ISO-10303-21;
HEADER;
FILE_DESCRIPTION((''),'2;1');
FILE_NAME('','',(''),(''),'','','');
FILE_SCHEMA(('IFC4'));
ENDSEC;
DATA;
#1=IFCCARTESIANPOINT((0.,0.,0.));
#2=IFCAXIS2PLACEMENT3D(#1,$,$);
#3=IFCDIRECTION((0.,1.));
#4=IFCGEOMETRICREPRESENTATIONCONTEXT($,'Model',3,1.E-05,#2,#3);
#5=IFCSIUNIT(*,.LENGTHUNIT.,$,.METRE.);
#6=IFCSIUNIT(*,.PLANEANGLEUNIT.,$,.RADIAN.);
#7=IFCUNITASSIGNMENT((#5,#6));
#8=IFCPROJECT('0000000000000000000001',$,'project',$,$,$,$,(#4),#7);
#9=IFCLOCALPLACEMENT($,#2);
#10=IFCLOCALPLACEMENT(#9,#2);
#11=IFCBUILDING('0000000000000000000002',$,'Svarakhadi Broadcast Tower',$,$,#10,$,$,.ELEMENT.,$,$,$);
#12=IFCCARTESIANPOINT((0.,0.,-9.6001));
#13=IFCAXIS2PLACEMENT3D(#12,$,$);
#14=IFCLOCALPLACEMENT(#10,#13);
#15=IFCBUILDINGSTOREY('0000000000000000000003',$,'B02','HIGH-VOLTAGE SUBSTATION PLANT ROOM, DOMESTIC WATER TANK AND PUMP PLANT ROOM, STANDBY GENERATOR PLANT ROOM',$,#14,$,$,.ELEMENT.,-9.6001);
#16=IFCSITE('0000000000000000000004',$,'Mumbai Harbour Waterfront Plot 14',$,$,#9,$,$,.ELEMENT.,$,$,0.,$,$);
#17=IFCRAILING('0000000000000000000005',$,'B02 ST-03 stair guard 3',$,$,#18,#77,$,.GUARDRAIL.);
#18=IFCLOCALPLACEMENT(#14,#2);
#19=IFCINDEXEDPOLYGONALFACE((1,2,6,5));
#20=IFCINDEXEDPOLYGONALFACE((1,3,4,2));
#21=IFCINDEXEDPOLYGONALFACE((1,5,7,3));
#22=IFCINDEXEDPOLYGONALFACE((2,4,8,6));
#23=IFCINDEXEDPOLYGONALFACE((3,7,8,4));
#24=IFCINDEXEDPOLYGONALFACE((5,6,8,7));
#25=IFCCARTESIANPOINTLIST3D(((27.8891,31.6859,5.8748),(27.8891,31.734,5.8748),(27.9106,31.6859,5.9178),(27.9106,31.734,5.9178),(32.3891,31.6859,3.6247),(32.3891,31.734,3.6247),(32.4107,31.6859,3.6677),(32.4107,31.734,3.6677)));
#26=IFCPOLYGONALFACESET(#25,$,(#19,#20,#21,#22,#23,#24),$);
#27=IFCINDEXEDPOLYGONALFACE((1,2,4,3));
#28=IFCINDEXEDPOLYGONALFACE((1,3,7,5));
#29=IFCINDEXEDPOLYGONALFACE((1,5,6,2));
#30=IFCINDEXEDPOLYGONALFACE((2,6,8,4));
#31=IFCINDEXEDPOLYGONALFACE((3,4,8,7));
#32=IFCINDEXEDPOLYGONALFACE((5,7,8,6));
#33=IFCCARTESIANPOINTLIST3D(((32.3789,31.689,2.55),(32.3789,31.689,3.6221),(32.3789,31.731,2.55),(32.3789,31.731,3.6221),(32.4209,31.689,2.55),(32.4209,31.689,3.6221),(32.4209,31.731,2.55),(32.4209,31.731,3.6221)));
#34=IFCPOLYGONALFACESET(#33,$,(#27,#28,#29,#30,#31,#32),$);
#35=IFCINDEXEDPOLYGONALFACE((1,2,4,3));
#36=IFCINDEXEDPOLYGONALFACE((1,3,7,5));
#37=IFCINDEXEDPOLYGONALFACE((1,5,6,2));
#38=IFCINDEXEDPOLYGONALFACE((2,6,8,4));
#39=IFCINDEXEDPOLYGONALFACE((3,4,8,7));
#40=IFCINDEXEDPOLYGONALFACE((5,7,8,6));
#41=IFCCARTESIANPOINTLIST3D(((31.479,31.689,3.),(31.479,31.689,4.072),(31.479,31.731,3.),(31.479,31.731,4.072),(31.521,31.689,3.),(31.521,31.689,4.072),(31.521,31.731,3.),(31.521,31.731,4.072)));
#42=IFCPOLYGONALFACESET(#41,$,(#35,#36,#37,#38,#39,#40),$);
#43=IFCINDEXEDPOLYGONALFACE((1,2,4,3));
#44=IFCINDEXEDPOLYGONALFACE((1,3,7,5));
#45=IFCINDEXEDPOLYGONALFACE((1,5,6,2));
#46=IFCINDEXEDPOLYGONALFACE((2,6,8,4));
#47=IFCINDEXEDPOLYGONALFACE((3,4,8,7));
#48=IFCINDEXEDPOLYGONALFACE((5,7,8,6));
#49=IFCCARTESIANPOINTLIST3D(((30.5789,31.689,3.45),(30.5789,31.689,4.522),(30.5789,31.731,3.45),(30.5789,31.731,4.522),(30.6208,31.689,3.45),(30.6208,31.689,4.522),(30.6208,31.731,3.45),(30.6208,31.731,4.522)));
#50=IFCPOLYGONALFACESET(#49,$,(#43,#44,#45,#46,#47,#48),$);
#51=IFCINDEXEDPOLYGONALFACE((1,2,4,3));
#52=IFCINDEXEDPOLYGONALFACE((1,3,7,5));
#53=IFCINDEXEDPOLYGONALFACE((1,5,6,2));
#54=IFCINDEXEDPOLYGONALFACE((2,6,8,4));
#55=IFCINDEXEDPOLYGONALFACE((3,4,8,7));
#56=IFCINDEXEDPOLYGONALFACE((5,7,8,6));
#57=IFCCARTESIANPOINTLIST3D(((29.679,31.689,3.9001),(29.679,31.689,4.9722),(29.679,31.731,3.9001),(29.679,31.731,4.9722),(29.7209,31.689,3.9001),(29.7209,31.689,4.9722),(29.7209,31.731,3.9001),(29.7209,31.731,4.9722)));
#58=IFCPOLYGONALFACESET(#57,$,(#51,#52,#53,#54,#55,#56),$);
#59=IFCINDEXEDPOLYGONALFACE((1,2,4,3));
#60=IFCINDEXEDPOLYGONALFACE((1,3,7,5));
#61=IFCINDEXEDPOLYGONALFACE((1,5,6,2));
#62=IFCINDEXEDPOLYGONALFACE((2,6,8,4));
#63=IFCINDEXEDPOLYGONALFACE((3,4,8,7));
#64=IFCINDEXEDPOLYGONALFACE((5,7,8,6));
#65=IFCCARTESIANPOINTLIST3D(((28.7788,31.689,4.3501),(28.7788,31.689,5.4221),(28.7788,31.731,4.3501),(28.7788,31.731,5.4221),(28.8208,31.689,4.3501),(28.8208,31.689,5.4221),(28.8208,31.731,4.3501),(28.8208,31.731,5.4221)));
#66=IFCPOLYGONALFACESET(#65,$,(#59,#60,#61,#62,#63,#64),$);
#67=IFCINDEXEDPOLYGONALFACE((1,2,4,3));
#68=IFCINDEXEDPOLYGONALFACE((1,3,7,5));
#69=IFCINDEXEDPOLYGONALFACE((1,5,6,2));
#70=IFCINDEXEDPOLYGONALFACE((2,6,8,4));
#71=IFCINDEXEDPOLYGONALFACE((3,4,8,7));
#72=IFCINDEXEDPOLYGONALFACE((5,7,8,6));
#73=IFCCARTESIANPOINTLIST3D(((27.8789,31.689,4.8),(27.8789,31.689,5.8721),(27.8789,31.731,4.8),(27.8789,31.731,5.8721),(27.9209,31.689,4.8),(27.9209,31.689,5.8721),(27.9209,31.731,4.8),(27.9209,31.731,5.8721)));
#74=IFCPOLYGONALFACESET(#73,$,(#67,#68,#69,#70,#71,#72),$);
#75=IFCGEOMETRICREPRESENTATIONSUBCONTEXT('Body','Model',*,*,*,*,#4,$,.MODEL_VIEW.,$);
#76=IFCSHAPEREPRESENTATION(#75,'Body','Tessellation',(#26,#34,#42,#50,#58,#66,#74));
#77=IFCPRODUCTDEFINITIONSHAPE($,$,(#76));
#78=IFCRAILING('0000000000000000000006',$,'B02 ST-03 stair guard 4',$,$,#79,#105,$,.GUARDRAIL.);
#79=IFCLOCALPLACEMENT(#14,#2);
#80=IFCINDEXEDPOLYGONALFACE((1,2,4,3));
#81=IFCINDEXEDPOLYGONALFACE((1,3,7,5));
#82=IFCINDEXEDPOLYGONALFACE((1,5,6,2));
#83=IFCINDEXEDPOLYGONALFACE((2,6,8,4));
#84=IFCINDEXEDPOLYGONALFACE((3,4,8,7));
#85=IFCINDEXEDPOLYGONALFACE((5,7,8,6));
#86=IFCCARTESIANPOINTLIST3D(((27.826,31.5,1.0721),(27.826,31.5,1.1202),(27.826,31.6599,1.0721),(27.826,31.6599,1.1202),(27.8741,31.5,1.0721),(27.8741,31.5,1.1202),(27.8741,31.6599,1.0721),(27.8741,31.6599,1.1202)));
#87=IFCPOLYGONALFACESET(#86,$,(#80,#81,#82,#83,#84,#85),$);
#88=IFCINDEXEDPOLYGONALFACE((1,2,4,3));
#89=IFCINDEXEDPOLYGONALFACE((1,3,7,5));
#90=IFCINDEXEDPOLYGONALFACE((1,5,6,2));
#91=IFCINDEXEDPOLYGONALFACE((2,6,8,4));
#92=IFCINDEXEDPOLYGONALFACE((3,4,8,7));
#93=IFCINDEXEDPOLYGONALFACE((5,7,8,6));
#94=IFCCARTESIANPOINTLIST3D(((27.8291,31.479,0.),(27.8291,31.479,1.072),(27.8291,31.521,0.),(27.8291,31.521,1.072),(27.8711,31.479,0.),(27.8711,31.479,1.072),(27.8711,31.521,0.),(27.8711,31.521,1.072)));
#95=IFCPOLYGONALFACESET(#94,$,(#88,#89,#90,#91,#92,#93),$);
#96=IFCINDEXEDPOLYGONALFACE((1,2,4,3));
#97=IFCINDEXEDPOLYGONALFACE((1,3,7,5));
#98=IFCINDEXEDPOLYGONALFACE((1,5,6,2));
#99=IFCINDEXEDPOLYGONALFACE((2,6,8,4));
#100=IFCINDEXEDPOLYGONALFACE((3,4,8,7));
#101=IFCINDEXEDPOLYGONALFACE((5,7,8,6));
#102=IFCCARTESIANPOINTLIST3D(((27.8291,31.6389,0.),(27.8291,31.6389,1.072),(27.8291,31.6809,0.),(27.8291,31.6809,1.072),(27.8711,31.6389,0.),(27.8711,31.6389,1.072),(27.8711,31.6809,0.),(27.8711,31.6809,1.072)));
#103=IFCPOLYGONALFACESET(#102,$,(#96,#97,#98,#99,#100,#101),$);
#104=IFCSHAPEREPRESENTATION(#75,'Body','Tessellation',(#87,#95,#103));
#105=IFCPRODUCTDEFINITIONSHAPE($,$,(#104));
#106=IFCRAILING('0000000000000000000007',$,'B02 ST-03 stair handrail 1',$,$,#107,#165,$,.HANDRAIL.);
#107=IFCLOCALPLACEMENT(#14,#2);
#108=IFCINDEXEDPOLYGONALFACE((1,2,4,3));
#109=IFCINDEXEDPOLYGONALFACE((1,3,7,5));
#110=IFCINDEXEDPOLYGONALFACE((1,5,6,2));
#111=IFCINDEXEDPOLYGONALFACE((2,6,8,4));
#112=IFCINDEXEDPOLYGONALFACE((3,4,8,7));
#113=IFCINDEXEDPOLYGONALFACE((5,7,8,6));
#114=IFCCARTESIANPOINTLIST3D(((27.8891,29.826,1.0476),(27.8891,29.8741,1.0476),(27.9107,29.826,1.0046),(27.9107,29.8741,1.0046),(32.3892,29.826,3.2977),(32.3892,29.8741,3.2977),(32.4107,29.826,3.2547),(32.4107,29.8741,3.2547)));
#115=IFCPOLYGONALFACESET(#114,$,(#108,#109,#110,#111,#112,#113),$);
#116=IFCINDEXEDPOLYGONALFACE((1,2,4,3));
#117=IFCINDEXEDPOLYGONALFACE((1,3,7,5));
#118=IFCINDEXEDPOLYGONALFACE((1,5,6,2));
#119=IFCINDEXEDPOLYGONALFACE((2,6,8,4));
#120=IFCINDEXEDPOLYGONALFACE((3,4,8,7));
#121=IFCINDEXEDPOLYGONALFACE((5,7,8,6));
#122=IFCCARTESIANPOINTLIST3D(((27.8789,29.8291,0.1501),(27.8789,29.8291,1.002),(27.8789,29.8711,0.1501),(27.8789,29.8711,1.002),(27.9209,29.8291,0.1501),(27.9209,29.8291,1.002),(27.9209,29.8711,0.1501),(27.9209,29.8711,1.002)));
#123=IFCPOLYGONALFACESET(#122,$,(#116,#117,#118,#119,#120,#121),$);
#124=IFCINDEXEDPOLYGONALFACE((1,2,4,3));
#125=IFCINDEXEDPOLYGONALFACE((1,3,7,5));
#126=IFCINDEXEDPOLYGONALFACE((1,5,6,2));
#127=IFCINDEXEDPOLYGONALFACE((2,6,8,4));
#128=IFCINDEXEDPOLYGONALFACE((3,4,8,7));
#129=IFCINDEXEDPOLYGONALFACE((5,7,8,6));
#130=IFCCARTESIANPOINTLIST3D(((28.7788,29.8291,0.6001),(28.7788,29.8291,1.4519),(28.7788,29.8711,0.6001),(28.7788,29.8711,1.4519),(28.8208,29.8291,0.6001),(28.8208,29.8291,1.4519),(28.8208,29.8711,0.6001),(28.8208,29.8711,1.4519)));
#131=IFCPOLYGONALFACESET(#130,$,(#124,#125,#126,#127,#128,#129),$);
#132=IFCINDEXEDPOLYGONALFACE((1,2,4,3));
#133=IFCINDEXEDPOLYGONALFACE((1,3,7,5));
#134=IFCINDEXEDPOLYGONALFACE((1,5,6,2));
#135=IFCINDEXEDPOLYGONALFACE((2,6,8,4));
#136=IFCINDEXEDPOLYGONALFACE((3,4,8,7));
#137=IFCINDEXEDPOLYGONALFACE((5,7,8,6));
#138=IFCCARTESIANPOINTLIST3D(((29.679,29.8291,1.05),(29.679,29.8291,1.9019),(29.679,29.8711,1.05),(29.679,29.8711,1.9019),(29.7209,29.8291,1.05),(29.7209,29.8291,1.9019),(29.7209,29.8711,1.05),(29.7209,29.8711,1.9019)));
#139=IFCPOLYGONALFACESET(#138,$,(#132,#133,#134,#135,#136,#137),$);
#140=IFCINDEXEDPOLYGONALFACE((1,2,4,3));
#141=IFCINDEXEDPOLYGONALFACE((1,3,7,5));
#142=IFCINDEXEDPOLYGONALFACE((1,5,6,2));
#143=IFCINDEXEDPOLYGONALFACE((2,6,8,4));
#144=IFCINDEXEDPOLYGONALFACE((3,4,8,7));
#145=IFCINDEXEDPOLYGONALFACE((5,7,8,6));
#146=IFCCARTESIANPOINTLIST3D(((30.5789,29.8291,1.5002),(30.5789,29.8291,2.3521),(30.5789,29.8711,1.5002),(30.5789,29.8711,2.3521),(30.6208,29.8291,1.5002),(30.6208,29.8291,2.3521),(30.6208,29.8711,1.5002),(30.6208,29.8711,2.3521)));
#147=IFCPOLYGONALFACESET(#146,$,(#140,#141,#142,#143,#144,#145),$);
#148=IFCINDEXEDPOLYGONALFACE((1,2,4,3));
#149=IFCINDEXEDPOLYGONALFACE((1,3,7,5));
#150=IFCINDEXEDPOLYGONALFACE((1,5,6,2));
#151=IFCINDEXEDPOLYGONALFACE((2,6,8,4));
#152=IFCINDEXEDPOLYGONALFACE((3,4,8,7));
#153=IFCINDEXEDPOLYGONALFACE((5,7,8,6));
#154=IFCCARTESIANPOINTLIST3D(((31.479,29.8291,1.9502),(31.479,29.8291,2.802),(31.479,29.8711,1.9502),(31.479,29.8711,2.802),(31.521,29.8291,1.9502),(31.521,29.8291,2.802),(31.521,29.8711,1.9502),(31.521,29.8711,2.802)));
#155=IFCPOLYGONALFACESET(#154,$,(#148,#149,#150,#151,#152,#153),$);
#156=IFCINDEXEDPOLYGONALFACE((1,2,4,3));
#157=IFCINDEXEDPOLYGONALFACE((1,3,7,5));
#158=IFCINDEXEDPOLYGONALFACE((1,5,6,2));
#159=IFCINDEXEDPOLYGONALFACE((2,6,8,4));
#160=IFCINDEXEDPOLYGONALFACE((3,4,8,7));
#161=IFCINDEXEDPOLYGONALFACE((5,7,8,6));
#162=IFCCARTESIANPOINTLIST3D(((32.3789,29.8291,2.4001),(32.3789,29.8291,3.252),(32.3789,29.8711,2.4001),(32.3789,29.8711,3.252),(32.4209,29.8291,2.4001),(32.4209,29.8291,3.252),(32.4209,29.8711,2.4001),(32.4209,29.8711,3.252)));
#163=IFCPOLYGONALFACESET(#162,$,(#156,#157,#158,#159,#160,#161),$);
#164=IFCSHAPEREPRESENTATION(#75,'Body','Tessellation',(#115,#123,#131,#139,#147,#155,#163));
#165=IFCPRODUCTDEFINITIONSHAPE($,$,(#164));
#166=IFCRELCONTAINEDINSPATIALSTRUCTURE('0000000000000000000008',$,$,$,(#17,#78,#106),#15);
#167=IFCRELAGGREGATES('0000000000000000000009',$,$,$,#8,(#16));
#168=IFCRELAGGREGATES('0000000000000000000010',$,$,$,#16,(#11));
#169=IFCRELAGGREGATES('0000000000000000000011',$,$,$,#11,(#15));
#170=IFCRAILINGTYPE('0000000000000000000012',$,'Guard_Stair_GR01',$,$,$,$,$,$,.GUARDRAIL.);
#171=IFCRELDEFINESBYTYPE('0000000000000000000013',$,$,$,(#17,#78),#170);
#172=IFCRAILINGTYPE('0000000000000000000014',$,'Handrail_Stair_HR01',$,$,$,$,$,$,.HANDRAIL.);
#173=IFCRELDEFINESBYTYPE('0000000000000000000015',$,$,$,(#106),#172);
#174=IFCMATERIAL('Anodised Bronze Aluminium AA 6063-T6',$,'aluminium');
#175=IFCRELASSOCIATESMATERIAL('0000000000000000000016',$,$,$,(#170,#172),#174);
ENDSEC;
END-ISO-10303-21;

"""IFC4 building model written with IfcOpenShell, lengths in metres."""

from ifc_helpers import new_model, si_unit, direction, frame, origin, origin_2d, place, context, subcontext, project, spatial, rectangle, extrude, material, type_object, element, save


model = new_model("IFC4")

# Units and contexts
model_context = context("Model", 3, precision=1e-05, world=origin(), true_north=direction((0.0, 1.0)))
body_context = subcontext(model_context, "Body", "Model", "MODEL_VIEW")
ifc_project = project(units=[si_unit("LENGTHUNIT", "METRE"), si_unit("PLANEANGLEUNIT", "RADIAN")], contexts=[model_context])

# Site, building, storey
site_placement = place(None, origin())
site = spatial("IfcSite", under=ifc_project, at=site_placement, Name="Mumbai Harbour Waterfront Plot 14", CompositionType="ELEMENT", RefElevation=0.0)
building_placement = place(site_placement, origin())
building = spatial("IfcBuilding", under=site, at=building_placement, Name="Svarakhadi Broadcast Tower", CompositionType="ELEMENT")
storey_placement = place(building_placement, frame((0.0, 0.0, -9.6001)))
storey = spatial("IfcBuildingStorey", under=building, at=storey_placement, Name="B02", Description="HIGH-VOLTAGE SUBSTATION PLANT ROOM, DOMESTIC WATER TANK AND PUMP PLANT ROOM, STANDBY GENERATOR PLANT ROOM", CompositionType="ELEMENT", Elevation=-9.6001)

# Railings
ifc_material_1 = material(Name="Anodised Bronze Aluminium AA 6063-T6", Category="aluminium")
railing_type_1 = type_object("IfcRailingType", Name="Guard_Stair_GR01", PredefinedType="GUARDRAIL", material=ifc_material_1)
railing_1_placement = place(storey_placement, frame((32.3999, 31.71, 2.55)))
element("IfcRailing", 1, at=railing_1_placement, inside=storey, type_object=railing_type_1, Name="B02 ST-03 stair guard 3", PredefinedType="GUARDRAIL", context=body_context, shape_type="SweptSolid", body=[
    extrude(rectangle(XDim=0.0481, YDim=0.0481, at=origin_2d()), frame((0.0, 0.0, 1.0962), z_axis=(-0.894427, 0.0, 0.447214), x_axis=(0.0, -1.0, 0.0)), (0.0, 0.0, 1.0), 5.0312),
    extrude(rectangle(XDim=0.042, YDim=0.042, at=origin_2d()), origin(), (0.0, 0.0, 1.0), 1.072),
    extrude(rectangle(XDim=0.042, YDim=0.042, at=origin_2d()), frame((-0.8999, 0.0, 0.45)), (0.0, 0.0, 1.0), 1.072),
    extrude(rectangle(XDim=0.042, YDim=0.042, at=origin_2d()), frame((-1.8, 0.0, 0.8999)), (0.0, 0.0, 1.0), 1.072),
    extrude(rectangle(XDim=0.042, YDim=0.042, at=origin_2d()), frame((-2.7, 0.0, 1.3501)), (0.0, 0.0, 1.0), 1.072),
    extrude(rectangle(XDim=0.042, YDim=0.042, at=origin_2d()), frame((-3.6001, 0.0, 1.8)), (0.0, 0.0, 1.0), 1.072),
    extrude(rectangle(XDim=0.042, YDim=0.042, at=origin_2d()), frame((-4.5, 0.0, 2.25)), (0.0, 0.0, 1.0), 1.072),
])
railing_2_placement = place(storey_placement, frame((27.8501, 31.5, 0.0)))
element("IfcRailing", 2, at=railing_2_placement, inside=storey, type_object=railing_type_1, Name="B02 ST-03 stair guard 4", PredefinedType="GUARDRAIL", context=body_context, shape_type="SweptSolid", body=[
    extrude(rectangle(XDim=0.0481, YDim=0.0481, at=origin_2d()), frame((0.0, 0.0, 1.0962), z_axis=(0.0, 1.0, 0.0), x_axis=(-1.0, 0.0, 0.0)), (0.0, 0.0, 1.0), 0.1599),
    extrude(rectangle(XDim=0.042, YDim=0.042, at=origin_2d()), origin(), (0.0, 0.0, 1.0), 1.072),
    extrude(rectangle(XDim=0.042, YDim=0.042, at=origin_2d()), frame((0.0, 0.1599, 0.0)), (0.0, 0.0, 1.0), 1.072),
])
railing_type_2 = type_object("IfcRailingType", Name="Handrail_Stair_HR01", PredefinedType="HANDRAIL", material=ifc_material_1)
railing_3_placement = place(storey_placement, frame((27.8999, 29.8501, 0.1501)))
element("IfcRailing", 3, at=railing_3_placement, inside=storey, type_object=railing_type_2, Name="B02 ST-03 stair handrail 1", PredefinedType="HANDRAIL", context=body_context, shape_type="SweptSolid", body=[
    extrude(rectangle(XDim=0.0481, YDim=0.0481, at=origin_2d()), frame((0.0, 0.0, 0.876), z_axis=(0.894427, 0.0, 0.447214), x_axis=(0.0, 1.0, 0.0)), (0.0, 0.0, 1.0), 5.0312),
    extrude(rectangle(XDim=0.042, YDim=0.042, at=origin_2d()), origin(), (0.0, 0.0, 1.0), 0.8518),
    extrude(rectangle(XDim=0.042, YDim=0.042, at=origin_2d()), frame((0.8999, 0.0, 0.45)), (0.0, 0.0, 1.0), 0.8518),
    extrude(rectangle(XDim=0.042, YDim=0.042, at=origin_2d()), frame((1.8, 0.0, 0.8999)), (0.0, 0.0, 1.0), 0.8518),
    extrude(rectangle(XDim=0.042, YDim=0.042, at=origin_2d()), frame((2.7, 0.0, 1.3501)), (0.0, 0.0, 1.0), 0.8518),
    extrude(rectangle(XDim=0.042, YDim=0.042, at=origin_2d()), frame((3.6001, 0.0, 1.8)), (0.0, 0.0, 1.0), 0.8518),
    extrude(rectangle(XDim=0.042, YDim=0.042, at=origin_2d()), frame((4.5, 0.0, 2.25)), (0.0, 0.0, 1.0), 0.8518),
])

save(model, "model.ifc")
